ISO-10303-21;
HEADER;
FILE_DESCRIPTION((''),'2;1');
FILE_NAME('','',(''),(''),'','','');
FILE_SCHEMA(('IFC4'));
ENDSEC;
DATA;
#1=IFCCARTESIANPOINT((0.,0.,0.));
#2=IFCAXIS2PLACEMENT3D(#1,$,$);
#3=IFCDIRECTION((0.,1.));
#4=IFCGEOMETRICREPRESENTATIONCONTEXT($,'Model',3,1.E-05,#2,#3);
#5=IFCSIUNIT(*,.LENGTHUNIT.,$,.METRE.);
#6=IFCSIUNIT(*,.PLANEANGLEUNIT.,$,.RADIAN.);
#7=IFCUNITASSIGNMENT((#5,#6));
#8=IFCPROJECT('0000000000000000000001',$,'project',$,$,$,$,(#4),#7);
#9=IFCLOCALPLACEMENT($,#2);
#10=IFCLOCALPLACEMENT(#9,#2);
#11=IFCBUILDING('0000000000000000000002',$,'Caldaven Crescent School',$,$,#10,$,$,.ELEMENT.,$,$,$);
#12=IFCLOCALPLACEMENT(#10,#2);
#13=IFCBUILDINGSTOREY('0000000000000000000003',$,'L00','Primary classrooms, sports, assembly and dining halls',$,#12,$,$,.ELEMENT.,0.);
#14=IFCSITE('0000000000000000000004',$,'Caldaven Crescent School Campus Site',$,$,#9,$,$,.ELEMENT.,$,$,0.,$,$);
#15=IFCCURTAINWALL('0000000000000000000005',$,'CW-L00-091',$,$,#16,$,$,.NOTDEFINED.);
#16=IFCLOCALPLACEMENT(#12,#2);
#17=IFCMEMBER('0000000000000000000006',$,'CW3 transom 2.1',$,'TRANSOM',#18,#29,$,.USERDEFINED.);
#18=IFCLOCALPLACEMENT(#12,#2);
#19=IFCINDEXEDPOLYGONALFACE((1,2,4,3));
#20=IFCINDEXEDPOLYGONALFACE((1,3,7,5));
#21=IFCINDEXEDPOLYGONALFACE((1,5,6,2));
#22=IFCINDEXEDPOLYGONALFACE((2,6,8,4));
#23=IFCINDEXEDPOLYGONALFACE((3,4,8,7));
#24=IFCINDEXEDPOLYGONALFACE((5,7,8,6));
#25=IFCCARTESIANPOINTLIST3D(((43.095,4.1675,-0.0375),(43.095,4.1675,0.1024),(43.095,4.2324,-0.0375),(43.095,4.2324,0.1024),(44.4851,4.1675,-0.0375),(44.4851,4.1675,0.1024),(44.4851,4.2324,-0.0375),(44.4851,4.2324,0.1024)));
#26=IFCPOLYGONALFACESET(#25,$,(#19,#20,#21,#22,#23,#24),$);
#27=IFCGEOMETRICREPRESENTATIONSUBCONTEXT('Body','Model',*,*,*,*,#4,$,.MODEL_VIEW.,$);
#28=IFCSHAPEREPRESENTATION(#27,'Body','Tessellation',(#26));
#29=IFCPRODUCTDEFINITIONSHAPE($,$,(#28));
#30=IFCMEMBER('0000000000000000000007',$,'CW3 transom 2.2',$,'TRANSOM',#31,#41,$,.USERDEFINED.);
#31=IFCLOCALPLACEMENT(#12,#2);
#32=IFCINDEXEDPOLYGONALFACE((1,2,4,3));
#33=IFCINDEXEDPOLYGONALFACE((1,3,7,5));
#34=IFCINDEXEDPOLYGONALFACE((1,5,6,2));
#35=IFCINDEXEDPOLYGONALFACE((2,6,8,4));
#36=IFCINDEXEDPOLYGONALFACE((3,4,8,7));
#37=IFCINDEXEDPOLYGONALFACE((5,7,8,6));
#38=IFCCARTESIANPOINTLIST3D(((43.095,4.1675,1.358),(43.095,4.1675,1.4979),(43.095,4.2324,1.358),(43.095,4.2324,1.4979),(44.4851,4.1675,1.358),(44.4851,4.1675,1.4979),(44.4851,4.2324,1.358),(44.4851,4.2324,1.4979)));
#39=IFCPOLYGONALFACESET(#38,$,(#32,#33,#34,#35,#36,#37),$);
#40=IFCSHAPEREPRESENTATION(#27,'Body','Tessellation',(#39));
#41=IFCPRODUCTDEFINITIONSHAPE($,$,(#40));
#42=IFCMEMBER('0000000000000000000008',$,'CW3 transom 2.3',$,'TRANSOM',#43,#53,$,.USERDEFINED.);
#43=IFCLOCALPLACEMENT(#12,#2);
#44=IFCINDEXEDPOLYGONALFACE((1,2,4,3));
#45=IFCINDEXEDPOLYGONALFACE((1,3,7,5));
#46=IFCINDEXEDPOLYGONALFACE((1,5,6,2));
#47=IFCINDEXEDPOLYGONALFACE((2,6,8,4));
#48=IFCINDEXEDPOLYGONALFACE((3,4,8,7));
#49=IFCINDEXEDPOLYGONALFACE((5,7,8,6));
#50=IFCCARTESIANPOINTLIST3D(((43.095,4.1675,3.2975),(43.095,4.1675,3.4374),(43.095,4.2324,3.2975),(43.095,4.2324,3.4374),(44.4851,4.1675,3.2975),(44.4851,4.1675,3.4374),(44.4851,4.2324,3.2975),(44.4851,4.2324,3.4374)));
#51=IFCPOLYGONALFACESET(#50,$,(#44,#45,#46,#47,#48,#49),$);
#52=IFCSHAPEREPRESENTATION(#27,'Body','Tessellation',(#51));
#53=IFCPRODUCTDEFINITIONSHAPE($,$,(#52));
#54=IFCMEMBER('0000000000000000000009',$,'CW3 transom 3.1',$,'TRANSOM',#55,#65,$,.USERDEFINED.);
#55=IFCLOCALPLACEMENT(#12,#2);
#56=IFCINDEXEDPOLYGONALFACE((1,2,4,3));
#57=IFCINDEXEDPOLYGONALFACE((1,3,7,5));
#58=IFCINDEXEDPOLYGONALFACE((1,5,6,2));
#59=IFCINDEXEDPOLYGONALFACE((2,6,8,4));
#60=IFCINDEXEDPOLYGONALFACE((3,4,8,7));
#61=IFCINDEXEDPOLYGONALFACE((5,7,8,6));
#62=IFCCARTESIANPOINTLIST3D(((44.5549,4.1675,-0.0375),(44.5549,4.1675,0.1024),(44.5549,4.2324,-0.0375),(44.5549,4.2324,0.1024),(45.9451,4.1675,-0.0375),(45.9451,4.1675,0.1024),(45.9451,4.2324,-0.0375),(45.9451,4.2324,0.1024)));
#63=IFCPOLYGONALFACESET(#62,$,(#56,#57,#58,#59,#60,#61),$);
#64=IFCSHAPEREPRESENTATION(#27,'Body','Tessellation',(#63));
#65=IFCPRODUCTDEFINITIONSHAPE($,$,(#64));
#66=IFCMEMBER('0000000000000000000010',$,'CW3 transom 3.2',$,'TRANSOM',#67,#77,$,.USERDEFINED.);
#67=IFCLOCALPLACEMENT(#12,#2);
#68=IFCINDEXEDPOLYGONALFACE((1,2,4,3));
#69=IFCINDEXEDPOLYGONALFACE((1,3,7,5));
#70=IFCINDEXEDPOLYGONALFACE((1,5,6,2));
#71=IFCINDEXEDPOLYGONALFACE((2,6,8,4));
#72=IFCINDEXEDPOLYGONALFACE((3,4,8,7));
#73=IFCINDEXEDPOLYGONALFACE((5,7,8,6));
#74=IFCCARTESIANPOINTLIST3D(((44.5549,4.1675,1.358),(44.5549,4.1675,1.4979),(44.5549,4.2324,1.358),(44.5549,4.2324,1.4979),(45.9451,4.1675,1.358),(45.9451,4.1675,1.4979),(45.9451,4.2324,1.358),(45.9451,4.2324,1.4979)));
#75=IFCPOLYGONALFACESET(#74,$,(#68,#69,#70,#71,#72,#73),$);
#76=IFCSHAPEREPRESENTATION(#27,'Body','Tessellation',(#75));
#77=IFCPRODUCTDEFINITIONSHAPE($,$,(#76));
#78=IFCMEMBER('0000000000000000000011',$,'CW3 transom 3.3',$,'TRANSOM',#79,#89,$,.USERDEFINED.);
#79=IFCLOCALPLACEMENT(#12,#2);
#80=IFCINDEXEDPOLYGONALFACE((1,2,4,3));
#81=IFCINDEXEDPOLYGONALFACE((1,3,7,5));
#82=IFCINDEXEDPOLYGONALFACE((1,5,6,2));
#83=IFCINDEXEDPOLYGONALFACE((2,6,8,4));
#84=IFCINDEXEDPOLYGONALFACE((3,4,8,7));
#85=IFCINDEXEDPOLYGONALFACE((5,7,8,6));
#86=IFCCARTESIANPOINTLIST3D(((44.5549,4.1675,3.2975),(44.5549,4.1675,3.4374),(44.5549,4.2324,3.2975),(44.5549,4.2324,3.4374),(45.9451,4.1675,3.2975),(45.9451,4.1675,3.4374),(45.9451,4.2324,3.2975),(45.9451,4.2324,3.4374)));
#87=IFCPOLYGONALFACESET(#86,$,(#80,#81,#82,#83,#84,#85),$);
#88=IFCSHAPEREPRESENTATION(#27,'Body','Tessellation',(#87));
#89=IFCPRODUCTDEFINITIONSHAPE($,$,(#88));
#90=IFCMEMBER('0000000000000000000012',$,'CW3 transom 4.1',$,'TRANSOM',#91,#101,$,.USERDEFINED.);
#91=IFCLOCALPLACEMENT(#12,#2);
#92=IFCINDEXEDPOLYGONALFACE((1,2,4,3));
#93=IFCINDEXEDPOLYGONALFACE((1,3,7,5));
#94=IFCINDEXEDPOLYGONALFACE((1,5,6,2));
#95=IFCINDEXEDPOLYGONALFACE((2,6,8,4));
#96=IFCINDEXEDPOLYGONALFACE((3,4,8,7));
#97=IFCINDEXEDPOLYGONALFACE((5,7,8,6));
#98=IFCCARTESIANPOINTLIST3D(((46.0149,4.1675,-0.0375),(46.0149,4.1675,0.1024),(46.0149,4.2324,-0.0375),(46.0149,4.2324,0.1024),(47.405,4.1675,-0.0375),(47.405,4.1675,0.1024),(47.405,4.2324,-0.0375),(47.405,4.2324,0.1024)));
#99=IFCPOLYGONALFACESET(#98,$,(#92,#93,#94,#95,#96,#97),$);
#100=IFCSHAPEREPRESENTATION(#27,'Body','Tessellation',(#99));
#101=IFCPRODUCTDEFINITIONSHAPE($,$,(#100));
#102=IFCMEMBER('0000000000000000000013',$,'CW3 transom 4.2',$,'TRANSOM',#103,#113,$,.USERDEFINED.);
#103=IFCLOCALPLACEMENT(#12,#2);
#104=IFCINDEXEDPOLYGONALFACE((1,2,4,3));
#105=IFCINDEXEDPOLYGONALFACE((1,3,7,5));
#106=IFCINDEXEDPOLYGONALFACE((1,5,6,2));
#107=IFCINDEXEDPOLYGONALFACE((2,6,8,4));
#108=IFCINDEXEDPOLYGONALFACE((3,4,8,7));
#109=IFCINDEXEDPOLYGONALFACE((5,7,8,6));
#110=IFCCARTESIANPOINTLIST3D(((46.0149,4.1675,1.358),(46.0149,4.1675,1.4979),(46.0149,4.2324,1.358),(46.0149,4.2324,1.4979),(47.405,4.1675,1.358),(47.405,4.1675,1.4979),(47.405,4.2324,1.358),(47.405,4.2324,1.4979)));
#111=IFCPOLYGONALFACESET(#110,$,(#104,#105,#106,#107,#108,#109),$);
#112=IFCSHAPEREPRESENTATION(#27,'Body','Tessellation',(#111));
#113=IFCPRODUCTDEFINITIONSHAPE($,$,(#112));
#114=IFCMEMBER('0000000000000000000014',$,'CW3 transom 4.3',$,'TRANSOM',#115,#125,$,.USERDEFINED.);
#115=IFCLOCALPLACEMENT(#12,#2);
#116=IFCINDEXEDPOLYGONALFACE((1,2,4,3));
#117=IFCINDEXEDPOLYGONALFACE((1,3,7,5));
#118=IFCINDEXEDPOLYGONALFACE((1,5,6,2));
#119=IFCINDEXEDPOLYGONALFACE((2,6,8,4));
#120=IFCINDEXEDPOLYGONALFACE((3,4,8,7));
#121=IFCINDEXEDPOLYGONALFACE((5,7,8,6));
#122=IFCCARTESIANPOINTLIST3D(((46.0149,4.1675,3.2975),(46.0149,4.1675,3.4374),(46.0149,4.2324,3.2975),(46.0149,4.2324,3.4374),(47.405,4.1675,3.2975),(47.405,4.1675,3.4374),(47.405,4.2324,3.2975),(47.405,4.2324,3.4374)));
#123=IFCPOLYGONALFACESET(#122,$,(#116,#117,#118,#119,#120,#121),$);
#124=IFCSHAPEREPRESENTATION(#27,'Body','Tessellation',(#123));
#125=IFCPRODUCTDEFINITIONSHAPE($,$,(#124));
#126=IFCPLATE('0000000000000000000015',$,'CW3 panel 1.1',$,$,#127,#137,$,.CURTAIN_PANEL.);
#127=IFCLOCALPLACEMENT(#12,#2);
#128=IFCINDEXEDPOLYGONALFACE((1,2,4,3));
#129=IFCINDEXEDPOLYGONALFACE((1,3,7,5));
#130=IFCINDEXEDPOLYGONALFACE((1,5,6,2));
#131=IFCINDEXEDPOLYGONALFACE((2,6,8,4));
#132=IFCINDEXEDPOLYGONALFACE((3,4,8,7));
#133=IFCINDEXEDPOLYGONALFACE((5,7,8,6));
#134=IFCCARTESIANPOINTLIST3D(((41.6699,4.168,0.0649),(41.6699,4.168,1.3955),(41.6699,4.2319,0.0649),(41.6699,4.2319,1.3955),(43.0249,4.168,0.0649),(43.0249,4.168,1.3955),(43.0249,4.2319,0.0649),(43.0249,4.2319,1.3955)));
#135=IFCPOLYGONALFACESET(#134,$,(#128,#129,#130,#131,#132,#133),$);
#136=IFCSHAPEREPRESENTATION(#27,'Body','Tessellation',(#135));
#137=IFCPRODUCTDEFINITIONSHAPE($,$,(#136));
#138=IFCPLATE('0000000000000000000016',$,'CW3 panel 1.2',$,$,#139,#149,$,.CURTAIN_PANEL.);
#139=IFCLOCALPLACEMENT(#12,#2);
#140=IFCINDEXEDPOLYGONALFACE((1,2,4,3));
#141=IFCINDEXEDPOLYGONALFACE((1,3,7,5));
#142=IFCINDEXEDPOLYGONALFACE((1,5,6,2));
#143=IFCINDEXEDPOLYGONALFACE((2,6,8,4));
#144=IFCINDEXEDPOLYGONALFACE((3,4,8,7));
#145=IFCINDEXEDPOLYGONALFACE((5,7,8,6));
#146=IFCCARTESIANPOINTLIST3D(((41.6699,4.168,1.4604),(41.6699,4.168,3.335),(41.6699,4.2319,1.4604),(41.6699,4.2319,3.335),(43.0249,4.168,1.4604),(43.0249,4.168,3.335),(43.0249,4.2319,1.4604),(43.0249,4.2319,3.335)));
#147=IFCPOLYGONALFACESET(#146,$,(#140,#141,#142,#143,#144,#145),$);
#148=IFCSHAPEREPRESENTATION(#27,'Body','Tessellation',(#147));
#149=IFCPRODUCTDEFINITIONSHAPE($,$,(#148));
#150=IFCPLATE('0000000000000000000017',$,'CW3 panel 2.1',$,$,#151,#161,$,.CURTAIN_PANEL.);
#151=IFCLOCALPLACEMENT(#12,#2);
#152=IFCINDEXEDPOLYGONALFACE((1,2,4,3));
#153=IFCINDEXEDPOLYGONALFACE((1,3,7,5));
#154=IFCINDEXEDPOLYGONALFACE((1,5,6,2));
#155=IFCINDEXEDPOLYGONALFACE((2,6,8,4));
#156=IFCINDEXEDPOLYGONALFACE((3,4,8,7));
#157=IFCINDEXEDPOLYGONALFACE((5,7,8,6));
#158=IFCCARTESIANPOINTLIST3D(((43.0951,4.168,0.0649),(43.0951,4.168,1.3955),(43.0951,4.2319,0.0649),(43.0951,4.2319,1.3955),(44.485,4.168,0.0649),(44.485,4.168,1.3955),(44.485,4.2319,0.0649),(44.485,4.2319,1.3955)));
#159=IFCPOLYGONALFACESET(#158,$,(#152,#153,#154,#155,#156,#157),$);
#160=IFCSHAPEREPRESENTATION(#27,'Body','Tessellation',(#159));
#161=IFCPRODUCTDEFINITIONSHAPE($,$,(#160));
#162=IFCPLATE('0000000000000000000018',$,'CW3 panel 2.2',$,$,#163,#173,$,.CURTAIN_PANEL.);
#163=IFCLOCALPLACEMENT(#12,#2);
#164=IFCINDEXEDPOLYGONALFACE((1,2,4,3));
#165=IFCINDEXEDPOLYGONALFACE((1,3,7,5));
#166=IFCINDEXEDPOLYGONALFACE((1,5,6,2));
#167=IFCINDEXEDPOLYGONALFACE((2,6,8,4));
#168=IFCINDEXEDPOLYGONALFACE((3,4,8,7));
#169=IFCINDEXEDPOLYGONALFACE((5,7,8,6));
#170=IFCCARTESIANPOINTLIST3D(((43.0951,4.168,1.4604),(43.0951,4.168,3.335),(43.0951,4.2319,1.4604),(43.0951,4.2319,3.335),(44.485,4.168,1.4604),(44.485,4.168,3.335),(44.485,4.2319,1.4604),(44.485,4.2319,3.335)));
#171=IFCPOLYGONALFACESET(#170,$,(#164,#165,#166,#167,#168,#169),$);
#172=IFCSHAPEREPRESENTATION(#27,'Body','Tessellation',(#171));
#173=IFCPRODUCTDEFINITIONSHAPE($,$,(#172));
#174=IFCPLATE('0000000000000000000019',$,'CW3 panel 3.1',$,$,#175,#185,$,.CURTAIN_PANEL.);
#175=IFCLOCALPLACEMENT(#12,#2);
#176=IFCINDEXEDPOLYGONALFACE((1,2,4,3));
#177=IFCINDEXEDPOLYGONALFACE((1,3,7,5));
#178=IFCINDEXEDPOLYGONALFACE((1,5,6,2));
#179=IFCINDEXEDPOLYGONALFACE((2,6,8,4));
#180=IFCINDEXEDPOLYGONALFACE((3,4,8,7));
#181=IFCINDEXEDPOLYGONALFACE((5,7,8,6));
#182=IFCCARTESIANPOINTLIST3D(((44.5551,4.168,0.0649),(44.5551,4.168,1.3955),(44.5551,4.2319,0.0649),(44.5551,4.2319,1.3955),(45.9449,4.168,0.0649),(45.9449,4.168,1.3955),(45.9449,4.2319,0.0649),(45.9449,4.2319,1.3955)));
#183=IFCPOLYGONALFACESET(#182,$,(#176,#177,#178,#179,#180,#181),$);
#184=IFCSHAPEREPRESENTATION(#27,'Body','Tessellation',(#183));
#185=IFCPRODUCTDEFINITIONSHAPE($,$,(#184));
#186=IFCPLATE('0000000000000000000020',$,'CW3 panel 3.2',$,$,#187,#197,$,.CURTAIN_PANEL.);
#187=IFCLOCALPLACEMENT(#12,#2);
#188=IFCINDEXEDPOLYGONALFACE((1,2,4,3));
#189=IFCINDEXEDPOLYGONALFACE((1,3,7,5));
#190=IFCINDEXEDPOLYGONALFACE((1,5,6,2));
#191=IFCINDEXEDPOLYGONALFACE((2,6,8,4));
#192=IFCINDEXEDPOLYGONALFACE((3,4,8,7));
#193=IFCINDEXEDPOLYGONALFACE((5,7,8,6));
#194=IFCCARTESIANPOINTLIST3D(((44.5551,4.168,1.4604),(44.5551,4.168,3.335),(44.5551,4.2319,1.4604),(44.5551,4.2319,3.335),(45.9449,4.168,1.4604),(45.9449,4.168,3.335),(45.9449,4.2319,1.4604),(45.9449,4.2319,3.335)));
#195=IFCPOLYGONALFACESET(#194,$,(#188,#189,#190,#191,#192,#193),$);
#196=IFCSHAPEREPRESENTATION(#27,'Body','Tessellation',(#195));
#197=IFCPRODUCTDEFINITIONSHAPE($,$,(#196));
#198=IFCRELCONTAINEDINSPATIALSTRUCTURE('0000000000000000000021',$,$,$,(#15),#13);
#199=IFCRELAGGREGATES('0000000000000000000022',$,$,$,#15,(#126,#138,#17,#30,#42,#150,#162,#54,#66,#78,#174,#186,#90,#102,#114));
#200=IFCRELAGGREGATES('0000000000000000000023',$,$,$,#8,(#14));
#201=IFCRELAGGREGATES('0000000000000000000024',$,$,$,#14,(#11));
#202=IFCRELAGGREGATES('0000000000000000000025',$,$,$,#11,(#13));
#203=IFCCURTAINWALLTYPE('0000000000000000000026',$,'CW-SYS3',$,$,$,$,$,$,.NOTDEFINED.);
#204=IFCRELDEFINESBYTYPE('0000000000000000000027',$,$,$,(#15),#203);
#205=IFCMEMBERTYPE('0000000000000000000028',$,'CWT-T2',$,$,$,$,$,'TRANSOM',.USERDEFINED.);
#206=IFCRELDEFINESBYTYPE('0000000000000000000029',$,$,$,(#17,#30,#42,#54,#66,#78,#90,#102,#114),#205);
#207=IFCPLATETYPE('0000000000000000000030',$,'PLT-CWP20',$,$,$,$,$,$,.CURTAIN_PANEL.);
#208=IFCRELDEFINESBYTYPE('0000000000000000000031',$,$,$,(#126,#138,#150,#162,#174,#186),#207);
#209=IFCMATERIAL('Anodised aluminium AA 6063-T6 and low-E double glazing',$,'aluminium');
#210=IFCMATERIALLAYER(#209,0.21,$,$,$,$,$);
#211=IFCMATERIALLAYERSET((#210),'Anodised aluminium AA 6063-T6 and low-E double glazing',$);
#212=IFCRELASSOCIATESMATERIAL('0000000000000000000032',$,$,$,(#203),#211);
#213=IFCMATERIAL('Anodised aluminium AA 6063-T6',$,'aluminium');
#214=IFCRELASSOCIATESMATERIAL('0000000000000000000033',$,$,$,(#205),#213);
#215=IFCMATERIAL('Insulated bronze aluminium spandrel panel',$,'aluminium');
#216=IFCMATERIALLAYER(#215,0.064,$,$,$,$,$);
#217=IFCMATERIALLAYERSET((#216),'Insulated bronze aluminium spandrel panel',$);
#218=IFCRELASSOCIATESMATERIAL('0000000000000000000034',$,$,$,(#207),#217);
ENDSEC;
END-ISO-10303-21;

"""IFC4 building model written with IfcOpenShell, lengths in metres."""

from ifc_helpers import new_model, si_unit, direction, frame, origin, origin_2d, place, context, subcontext, project, spatial, rectangle, extrude, material, layer, layer_set, material_profile, profile_set, type_object, element, aggregate, save


model = new_model("IFC4")

# Units and contexts
model_context = context("Model", 3, precision=1e-05, world=origin(), true_north=direction((0.0, 1.0)))
body_context = subcontext(model_context, "Body", "Model", "MODEL_VIEW")
ifc_project = project(units=[si_unit("LENGTHUNIT", "METRE"), si_unit("PLANEANGLEUNIT", "RADIAN")], contexts=[model_context])

# Site, building, storey
site_placement = place(None, origin())
site = spatial("IfcSite", under=ifc_project, at=site_placement, Name="Caldaven Crescent School Campus Site", CompositionType="ELEMENT", RefElevation=0.0)
building_placement = place(site_placement, origin())
building = spatial("IfcBuilding", under=site, at=building_placement, Name="Caldaven Crescent School", CompositionType="ELEMENT")
storey_placement = place(building_placement, origin())
storey = spatial("IfcBuildingStorey", under=building, at=storey_placement, Name="L00", Description="Primary classrooms, sports, assembly and dining halls", CompositionType="ELEMENT", Elevation=0.0)

# Curtain wall, members, plates
ifc_material_1 = material(Name="Anodised aluminium AA 6063-T6 and low-E double glazing", Category="aluminium")
ifc_layer_1 = layer(ifc_material_1, 0.21)
ifc_layer_set_1 = layer_set([ifc_layer_1], Name="Anodised aluminium AA 6063-T6 and low-E double glazing")
curtain_wall_type = type_object("IfcCurtainWallType", Name="CW-SYS3", PredefinedType="NOTDEFINED", material=ifc_layer_set_1)
curtain_wall_placement = place(storey_placement, origin())
curtain_wall = element("IfcCurtainWall", 1, at=curtain_wall_placement, inside=storey, type_object=curtain_wall_type, Name="CW-L00-091", PredefinedType="NOTDEFINED")
ifc_material_2 = material(Name="Anodised aluminium AA 6063-T6", Category="aluminium")
ifc_material_profile_1 = material_profile(ifc_material_2, rectangle(XDim=0.0649, YDim=0.1399, at=origin_2d()), Name="CWT 65x140")
ifc_profile_set_1 = profile_set([ifc_material_profile_1], Name="Anodised aluminium AA 6063-T6")
member_type_1 = type_object("IfcMemberType", Name="CWT-T2", ElementType="TRANSOM", PredefinedType="USERDEFINED", material=ifc_profile_set_1)
member_1_placement = place(storey_placement, frame((43.095, 4.2, 0.0325), z_axis=(1.0, 0.0, 0.0), x_axis=(0.0, 1.0, 0.0)))
member_1 = element("IfcMember", 2, at=member_1_placement, type_object=member_type_1, Name="CW3 transom 2.1", ObjectType="TRANSOM", PredefinedType="USERDEFINED", context=body_context, shape_type="SweptSolid", body=[
    extrude(rectangle(XDim=0.0649, YDim=0.1399, at=origin_2d()), origin(), (0.0, 0.0, 1.0), 1.3901),
])
member_2_placement = place(storey_placement, frame((43.095, 4.2, 1.428), z_axis=(1.0, 0.0, 0.0), x_axis=(0.0, 1.0, 0.0)))
member_2 = element("IfcMember", 3, at=member_2_placement, type_object=member_type_1, Name="CW3 transom 2.2", ObjectType="TRANSOM", PredefinedType="USERDEFINED", context=body_context, shape_type="SweptSolid", body=[
    extrude(rectangle(XDim=0.0649, YDim=0.1399, at=origin_2d()), origin(), (0.0, 0.0, 1.0), 1.3901),
])
member_3_placement = place(storey_placement, frame((43.095, 4.2, 3.3674), z_axis=(1.0, 0.0, 0.0), x_axis=(0.0, 1.0, 0.0)))
member_3 = element("IfcMember", 4, at=member_3_placement, type_object=member_type_1, Name="CW3 transom 2.3", ObjectType="TRANSOM", PredefinedType="USERDEFINED", context=body_context, shape_type="SweptSolid", body=[
    extrude(rectangle(XDim=0.0649, YDim=0.1399, at=origin_2d()), origin(), (0.0, 0.0, 1.0), 1.3901),
])
member_4_placement = place(storey_placement, frame((44.5549, 4.2, 0.0325), z_axis=(1.0, 0.0, 0.0), x_axis=(0.0, 1.0, 0.0)))
member_4 = element("IfcMember", 5, at=member_4_placement, type_object=member_type_1, Name="CW3 transom 3.1", ObjectType="TRANSOM", PredefinedType="USERDEFINED", context=body_context, shape_type="SweptSolid", body=[
    extrude(rectangle(XDim=0.0649, YDim=0.1399, at=origin_2d()), origin(), (0.0, 0.0, 1.0), 1.3901),
])
member_5_placement = place(storey_placement, frame((44.5549, 4.2, 1.428), z_axis=(1.0, 0.0, 0.0), x_axis=(0.0, 1.0, 0.0)))
member_5 = element("IfcMember", 6, at=member_5_placement, type_object=member_type_1, Name="CW3 transom 3.2", ObjectType="TRANSOM", PredefinedType="USERDEFINED", context=body_context, shape_type="SweptSolid", body=[
    extrude(rectangle(XDim=0.0649, YDim=0.1399, at=origin_2d()), origin(), (0.0, 0.0, 1.0), 1.3901),
])
member_6_placement = place(storey_placement, frame((44.5549, 4.2, 3.3674), z_axis=(1.0, 0.0, 0.0), x_axis=(0.0, 1.0, 0.0)))
member_6 = element("IfcMember", 7, at=member_6_placement, type_object=member_type_1, Name="CW3 transom 3.3", ObjectType="TRANSOM", PredefinedType="USERDEFINED", context=body_context, shape_type="SweptSolid", body=[
    extrude(rectangle(XDim=0.0649, YDim=0.1399, at=origin_2d()), origin(), (0.0, 0.0, 1.0), 1.3901),
])
member_7_placement = place(storey_placement, frame((46.0149, 4.2, 0.0325), z_axis=(1.0, 0.0, 0.0), x_axis=(0.0, 1.0, 0.0)))
member_7 = element("IfcMember", 8, at=member_7_placement, type_object=member_type_1, Name="CW3 transom 4.1", ObjectType="TRANSOM", PredefinedType="USERDEFINED", context=body_context, shape_type="SweptSolid", body=[
    extrude(rectangle(XDim=0.0649, YDim=0.1399, at=origin_2d()), origin(), (0.0, 0.0, 1.0), 1.3901),
])
member_8_placement = place(storey_placement, frame((46.0149, 4.2, 1.428), z_axis=(1.0, 0.0, 0.0), x_axis=(0.0, 1.0, 0.0)))
member_8 = element("IfcMember", 9, at=member_8_placement, type_object=member_type_1, Name="CW3 transom 4.2", ObjectType="TRANSOM", PredefinedType="USERDEFINED", context=body_context, shape_type="SweptSolid", body=[
    extrude(rectangle(XDim=0.0649, YDim=0.1399, at=origin_2d()), origin(), (0.0, 0.0, 1.0), 1.3901),
])
member_9_placement = place(storey_placement, frame((46.0149, 4.2, 3.3674), z_axis=(1.0, 0.0, 0.0), x_axis=(0.0, 1.0, 0.0)))
member_9 = element("IfcMember", 10, at=member_9_placement, type_object=member_type_1, Name="CW3 transom 4.3", ObjectType="TRANSOM", PredefinedType="USERDEFINED", context=body_context, shape_type="SweptSolid", body=[
    extrude(rectangle(XDim=0.0649, YDim=0.1399, at=origin_2d()), origin(), (0.0, 0.0, 1.0), 1.3901),
])
ifc_material_3 = material(Name="Insulated bronze aluminium spandrel panel", Category="aluminium")
ifc_layer_2 = layer(ifc_material_3, 0.064)
ifc_layer_set_2 = layer_set([ifc_layer_2], Name="Insulated bronze aluminium spandrel panel")
plate_type = type_object("IfcPlateType", Name="PLT-CWP20", PredefinedType="CURTAIN_PANEL", material=ifc_layer_set_2)
plate_1_placement = place(storey_placement, frame((42.3474, 4.2, 0.0649), z_axis=(0.0, 0.0, 1.0), x_axis=(1.0, 0.0, 0.0)))
plate_1 = element("IfcPlate", 11, at=plate_1_placement, type_object=plate_type, Name="CW3 panel 1.1", PredefinedType="CURTAIN_PANEL", context=body_context, shape_type="SweptSolid", body=[
    extrude(rectangle(XDim=1.355, YDim=0.064, at=origin_2d()), origin(), (0.0, 0.0, 1.0), 1.3306),
])
plate_2_placement = place(storey_placement, frame((42.3474, 4.2, 1.4604), z_axis=(0.0, 0.0, 1.0), x_axis=(1.0, 0.0, 0.0)))
plate_2 = element("IfcPlate", 12, at=plate_2_placement, type_object=plate_type, Name="CW3 panel 1.2", PredefinedType="CURTAIN_PANEL", context=body_context, shape_type="SweptSolid", body=[
    extrude(rectangle(XDim=1.355, YDim=0.064, at=origin_2d()), origin(), (0.0, 0.0, 1.0), 1.8745),
])
plate_3_placement = place(storey_placement, frame((43.79, 4.2, 0.0649), z_axis=(0.0, 0.0, 1.0), x_axis=(1.0, 0.0, 0.0)))
plate_3 = element("IfcPlate", 13, at=plate_3_placement, type_object=plate_type, Name="CW3 panel 2.1", PredefinedType="CURTAIN_PANEL", context=body_context, shape_type="SweptSolid", body=[
    extrude(rectangle(XDim=1.3899, YDim=0.064, at=origin_2d()), origin(), (0.0, 0.0, 1.0), 1.3306),
])
plate_4_placement = place(storey_placement, frame((43.79, 4.2, 1.4604), z_axis=(0.0, 0.0, 1.0), x_axis=(1.0, 0.0, 0.0)))
plate_4 = element("IfcPlate", 14, at=plate_4_placement, type_object=plate_type, Name="CW3 panel 2.2", PredefinedType="CURTAIN_PANEL", context=body_context, shape_type="SweptSolid", body=[
    extrude(rectangle(XDim=1.3899, YDim=0.064, at=origin_2d()), origin(), (0.0, 0.0, 1.0), 1.8745),
])
plate_5_placement = place(storey_placement, frame((45.25, 4.2, 0.0649), z_axis=(0.0, 0.0, 1.0), x_axis=(1.0, 0.0, 0.0)))
plate_5 = element("IfcPlate", 15, at=plate_5_placement, type_object=plate_type, Name="CW3 panel 3.1", PredefinedType="CURTAIN_PANEL", context=body_context, shape_type="SweptSolid", body=[
    extrude(rectangle(XDim=1.3899, YDim=0.064, at=origin_2d()), origin(), (0.0, 0.0, 1.0), 1.3306),
])
plate_6_placement = place(storey_placement, frame((45.25, 4.2, 1.4604), z_axis=(0.0, 0.0, 1.0), x_axis=(1.0, 0.0, 0.0)))
plate_6 = element("IfcPlate", 16, at=plate_6_placement, type_object=plate_type, Name="CW3 panel 3.2", PredefinedType="CURTAIN_PANEL", context=body_context, shape_type="SweptSolid", body=[
    extrude(rectangle(XDim=1.3899, YDim=0.064, at=origin_2d()), origin(), (0.0, 0.0, 1.0), 1.8745),
])
aggregate(curtain_wall, [plate_1, plate_2, member_1, member_2, member_3, plate_3, plate_4, member_4, member_5, member_6, plate_5, plate_6, member_7, member_8, member_9])

save(model, "model.ifc")
